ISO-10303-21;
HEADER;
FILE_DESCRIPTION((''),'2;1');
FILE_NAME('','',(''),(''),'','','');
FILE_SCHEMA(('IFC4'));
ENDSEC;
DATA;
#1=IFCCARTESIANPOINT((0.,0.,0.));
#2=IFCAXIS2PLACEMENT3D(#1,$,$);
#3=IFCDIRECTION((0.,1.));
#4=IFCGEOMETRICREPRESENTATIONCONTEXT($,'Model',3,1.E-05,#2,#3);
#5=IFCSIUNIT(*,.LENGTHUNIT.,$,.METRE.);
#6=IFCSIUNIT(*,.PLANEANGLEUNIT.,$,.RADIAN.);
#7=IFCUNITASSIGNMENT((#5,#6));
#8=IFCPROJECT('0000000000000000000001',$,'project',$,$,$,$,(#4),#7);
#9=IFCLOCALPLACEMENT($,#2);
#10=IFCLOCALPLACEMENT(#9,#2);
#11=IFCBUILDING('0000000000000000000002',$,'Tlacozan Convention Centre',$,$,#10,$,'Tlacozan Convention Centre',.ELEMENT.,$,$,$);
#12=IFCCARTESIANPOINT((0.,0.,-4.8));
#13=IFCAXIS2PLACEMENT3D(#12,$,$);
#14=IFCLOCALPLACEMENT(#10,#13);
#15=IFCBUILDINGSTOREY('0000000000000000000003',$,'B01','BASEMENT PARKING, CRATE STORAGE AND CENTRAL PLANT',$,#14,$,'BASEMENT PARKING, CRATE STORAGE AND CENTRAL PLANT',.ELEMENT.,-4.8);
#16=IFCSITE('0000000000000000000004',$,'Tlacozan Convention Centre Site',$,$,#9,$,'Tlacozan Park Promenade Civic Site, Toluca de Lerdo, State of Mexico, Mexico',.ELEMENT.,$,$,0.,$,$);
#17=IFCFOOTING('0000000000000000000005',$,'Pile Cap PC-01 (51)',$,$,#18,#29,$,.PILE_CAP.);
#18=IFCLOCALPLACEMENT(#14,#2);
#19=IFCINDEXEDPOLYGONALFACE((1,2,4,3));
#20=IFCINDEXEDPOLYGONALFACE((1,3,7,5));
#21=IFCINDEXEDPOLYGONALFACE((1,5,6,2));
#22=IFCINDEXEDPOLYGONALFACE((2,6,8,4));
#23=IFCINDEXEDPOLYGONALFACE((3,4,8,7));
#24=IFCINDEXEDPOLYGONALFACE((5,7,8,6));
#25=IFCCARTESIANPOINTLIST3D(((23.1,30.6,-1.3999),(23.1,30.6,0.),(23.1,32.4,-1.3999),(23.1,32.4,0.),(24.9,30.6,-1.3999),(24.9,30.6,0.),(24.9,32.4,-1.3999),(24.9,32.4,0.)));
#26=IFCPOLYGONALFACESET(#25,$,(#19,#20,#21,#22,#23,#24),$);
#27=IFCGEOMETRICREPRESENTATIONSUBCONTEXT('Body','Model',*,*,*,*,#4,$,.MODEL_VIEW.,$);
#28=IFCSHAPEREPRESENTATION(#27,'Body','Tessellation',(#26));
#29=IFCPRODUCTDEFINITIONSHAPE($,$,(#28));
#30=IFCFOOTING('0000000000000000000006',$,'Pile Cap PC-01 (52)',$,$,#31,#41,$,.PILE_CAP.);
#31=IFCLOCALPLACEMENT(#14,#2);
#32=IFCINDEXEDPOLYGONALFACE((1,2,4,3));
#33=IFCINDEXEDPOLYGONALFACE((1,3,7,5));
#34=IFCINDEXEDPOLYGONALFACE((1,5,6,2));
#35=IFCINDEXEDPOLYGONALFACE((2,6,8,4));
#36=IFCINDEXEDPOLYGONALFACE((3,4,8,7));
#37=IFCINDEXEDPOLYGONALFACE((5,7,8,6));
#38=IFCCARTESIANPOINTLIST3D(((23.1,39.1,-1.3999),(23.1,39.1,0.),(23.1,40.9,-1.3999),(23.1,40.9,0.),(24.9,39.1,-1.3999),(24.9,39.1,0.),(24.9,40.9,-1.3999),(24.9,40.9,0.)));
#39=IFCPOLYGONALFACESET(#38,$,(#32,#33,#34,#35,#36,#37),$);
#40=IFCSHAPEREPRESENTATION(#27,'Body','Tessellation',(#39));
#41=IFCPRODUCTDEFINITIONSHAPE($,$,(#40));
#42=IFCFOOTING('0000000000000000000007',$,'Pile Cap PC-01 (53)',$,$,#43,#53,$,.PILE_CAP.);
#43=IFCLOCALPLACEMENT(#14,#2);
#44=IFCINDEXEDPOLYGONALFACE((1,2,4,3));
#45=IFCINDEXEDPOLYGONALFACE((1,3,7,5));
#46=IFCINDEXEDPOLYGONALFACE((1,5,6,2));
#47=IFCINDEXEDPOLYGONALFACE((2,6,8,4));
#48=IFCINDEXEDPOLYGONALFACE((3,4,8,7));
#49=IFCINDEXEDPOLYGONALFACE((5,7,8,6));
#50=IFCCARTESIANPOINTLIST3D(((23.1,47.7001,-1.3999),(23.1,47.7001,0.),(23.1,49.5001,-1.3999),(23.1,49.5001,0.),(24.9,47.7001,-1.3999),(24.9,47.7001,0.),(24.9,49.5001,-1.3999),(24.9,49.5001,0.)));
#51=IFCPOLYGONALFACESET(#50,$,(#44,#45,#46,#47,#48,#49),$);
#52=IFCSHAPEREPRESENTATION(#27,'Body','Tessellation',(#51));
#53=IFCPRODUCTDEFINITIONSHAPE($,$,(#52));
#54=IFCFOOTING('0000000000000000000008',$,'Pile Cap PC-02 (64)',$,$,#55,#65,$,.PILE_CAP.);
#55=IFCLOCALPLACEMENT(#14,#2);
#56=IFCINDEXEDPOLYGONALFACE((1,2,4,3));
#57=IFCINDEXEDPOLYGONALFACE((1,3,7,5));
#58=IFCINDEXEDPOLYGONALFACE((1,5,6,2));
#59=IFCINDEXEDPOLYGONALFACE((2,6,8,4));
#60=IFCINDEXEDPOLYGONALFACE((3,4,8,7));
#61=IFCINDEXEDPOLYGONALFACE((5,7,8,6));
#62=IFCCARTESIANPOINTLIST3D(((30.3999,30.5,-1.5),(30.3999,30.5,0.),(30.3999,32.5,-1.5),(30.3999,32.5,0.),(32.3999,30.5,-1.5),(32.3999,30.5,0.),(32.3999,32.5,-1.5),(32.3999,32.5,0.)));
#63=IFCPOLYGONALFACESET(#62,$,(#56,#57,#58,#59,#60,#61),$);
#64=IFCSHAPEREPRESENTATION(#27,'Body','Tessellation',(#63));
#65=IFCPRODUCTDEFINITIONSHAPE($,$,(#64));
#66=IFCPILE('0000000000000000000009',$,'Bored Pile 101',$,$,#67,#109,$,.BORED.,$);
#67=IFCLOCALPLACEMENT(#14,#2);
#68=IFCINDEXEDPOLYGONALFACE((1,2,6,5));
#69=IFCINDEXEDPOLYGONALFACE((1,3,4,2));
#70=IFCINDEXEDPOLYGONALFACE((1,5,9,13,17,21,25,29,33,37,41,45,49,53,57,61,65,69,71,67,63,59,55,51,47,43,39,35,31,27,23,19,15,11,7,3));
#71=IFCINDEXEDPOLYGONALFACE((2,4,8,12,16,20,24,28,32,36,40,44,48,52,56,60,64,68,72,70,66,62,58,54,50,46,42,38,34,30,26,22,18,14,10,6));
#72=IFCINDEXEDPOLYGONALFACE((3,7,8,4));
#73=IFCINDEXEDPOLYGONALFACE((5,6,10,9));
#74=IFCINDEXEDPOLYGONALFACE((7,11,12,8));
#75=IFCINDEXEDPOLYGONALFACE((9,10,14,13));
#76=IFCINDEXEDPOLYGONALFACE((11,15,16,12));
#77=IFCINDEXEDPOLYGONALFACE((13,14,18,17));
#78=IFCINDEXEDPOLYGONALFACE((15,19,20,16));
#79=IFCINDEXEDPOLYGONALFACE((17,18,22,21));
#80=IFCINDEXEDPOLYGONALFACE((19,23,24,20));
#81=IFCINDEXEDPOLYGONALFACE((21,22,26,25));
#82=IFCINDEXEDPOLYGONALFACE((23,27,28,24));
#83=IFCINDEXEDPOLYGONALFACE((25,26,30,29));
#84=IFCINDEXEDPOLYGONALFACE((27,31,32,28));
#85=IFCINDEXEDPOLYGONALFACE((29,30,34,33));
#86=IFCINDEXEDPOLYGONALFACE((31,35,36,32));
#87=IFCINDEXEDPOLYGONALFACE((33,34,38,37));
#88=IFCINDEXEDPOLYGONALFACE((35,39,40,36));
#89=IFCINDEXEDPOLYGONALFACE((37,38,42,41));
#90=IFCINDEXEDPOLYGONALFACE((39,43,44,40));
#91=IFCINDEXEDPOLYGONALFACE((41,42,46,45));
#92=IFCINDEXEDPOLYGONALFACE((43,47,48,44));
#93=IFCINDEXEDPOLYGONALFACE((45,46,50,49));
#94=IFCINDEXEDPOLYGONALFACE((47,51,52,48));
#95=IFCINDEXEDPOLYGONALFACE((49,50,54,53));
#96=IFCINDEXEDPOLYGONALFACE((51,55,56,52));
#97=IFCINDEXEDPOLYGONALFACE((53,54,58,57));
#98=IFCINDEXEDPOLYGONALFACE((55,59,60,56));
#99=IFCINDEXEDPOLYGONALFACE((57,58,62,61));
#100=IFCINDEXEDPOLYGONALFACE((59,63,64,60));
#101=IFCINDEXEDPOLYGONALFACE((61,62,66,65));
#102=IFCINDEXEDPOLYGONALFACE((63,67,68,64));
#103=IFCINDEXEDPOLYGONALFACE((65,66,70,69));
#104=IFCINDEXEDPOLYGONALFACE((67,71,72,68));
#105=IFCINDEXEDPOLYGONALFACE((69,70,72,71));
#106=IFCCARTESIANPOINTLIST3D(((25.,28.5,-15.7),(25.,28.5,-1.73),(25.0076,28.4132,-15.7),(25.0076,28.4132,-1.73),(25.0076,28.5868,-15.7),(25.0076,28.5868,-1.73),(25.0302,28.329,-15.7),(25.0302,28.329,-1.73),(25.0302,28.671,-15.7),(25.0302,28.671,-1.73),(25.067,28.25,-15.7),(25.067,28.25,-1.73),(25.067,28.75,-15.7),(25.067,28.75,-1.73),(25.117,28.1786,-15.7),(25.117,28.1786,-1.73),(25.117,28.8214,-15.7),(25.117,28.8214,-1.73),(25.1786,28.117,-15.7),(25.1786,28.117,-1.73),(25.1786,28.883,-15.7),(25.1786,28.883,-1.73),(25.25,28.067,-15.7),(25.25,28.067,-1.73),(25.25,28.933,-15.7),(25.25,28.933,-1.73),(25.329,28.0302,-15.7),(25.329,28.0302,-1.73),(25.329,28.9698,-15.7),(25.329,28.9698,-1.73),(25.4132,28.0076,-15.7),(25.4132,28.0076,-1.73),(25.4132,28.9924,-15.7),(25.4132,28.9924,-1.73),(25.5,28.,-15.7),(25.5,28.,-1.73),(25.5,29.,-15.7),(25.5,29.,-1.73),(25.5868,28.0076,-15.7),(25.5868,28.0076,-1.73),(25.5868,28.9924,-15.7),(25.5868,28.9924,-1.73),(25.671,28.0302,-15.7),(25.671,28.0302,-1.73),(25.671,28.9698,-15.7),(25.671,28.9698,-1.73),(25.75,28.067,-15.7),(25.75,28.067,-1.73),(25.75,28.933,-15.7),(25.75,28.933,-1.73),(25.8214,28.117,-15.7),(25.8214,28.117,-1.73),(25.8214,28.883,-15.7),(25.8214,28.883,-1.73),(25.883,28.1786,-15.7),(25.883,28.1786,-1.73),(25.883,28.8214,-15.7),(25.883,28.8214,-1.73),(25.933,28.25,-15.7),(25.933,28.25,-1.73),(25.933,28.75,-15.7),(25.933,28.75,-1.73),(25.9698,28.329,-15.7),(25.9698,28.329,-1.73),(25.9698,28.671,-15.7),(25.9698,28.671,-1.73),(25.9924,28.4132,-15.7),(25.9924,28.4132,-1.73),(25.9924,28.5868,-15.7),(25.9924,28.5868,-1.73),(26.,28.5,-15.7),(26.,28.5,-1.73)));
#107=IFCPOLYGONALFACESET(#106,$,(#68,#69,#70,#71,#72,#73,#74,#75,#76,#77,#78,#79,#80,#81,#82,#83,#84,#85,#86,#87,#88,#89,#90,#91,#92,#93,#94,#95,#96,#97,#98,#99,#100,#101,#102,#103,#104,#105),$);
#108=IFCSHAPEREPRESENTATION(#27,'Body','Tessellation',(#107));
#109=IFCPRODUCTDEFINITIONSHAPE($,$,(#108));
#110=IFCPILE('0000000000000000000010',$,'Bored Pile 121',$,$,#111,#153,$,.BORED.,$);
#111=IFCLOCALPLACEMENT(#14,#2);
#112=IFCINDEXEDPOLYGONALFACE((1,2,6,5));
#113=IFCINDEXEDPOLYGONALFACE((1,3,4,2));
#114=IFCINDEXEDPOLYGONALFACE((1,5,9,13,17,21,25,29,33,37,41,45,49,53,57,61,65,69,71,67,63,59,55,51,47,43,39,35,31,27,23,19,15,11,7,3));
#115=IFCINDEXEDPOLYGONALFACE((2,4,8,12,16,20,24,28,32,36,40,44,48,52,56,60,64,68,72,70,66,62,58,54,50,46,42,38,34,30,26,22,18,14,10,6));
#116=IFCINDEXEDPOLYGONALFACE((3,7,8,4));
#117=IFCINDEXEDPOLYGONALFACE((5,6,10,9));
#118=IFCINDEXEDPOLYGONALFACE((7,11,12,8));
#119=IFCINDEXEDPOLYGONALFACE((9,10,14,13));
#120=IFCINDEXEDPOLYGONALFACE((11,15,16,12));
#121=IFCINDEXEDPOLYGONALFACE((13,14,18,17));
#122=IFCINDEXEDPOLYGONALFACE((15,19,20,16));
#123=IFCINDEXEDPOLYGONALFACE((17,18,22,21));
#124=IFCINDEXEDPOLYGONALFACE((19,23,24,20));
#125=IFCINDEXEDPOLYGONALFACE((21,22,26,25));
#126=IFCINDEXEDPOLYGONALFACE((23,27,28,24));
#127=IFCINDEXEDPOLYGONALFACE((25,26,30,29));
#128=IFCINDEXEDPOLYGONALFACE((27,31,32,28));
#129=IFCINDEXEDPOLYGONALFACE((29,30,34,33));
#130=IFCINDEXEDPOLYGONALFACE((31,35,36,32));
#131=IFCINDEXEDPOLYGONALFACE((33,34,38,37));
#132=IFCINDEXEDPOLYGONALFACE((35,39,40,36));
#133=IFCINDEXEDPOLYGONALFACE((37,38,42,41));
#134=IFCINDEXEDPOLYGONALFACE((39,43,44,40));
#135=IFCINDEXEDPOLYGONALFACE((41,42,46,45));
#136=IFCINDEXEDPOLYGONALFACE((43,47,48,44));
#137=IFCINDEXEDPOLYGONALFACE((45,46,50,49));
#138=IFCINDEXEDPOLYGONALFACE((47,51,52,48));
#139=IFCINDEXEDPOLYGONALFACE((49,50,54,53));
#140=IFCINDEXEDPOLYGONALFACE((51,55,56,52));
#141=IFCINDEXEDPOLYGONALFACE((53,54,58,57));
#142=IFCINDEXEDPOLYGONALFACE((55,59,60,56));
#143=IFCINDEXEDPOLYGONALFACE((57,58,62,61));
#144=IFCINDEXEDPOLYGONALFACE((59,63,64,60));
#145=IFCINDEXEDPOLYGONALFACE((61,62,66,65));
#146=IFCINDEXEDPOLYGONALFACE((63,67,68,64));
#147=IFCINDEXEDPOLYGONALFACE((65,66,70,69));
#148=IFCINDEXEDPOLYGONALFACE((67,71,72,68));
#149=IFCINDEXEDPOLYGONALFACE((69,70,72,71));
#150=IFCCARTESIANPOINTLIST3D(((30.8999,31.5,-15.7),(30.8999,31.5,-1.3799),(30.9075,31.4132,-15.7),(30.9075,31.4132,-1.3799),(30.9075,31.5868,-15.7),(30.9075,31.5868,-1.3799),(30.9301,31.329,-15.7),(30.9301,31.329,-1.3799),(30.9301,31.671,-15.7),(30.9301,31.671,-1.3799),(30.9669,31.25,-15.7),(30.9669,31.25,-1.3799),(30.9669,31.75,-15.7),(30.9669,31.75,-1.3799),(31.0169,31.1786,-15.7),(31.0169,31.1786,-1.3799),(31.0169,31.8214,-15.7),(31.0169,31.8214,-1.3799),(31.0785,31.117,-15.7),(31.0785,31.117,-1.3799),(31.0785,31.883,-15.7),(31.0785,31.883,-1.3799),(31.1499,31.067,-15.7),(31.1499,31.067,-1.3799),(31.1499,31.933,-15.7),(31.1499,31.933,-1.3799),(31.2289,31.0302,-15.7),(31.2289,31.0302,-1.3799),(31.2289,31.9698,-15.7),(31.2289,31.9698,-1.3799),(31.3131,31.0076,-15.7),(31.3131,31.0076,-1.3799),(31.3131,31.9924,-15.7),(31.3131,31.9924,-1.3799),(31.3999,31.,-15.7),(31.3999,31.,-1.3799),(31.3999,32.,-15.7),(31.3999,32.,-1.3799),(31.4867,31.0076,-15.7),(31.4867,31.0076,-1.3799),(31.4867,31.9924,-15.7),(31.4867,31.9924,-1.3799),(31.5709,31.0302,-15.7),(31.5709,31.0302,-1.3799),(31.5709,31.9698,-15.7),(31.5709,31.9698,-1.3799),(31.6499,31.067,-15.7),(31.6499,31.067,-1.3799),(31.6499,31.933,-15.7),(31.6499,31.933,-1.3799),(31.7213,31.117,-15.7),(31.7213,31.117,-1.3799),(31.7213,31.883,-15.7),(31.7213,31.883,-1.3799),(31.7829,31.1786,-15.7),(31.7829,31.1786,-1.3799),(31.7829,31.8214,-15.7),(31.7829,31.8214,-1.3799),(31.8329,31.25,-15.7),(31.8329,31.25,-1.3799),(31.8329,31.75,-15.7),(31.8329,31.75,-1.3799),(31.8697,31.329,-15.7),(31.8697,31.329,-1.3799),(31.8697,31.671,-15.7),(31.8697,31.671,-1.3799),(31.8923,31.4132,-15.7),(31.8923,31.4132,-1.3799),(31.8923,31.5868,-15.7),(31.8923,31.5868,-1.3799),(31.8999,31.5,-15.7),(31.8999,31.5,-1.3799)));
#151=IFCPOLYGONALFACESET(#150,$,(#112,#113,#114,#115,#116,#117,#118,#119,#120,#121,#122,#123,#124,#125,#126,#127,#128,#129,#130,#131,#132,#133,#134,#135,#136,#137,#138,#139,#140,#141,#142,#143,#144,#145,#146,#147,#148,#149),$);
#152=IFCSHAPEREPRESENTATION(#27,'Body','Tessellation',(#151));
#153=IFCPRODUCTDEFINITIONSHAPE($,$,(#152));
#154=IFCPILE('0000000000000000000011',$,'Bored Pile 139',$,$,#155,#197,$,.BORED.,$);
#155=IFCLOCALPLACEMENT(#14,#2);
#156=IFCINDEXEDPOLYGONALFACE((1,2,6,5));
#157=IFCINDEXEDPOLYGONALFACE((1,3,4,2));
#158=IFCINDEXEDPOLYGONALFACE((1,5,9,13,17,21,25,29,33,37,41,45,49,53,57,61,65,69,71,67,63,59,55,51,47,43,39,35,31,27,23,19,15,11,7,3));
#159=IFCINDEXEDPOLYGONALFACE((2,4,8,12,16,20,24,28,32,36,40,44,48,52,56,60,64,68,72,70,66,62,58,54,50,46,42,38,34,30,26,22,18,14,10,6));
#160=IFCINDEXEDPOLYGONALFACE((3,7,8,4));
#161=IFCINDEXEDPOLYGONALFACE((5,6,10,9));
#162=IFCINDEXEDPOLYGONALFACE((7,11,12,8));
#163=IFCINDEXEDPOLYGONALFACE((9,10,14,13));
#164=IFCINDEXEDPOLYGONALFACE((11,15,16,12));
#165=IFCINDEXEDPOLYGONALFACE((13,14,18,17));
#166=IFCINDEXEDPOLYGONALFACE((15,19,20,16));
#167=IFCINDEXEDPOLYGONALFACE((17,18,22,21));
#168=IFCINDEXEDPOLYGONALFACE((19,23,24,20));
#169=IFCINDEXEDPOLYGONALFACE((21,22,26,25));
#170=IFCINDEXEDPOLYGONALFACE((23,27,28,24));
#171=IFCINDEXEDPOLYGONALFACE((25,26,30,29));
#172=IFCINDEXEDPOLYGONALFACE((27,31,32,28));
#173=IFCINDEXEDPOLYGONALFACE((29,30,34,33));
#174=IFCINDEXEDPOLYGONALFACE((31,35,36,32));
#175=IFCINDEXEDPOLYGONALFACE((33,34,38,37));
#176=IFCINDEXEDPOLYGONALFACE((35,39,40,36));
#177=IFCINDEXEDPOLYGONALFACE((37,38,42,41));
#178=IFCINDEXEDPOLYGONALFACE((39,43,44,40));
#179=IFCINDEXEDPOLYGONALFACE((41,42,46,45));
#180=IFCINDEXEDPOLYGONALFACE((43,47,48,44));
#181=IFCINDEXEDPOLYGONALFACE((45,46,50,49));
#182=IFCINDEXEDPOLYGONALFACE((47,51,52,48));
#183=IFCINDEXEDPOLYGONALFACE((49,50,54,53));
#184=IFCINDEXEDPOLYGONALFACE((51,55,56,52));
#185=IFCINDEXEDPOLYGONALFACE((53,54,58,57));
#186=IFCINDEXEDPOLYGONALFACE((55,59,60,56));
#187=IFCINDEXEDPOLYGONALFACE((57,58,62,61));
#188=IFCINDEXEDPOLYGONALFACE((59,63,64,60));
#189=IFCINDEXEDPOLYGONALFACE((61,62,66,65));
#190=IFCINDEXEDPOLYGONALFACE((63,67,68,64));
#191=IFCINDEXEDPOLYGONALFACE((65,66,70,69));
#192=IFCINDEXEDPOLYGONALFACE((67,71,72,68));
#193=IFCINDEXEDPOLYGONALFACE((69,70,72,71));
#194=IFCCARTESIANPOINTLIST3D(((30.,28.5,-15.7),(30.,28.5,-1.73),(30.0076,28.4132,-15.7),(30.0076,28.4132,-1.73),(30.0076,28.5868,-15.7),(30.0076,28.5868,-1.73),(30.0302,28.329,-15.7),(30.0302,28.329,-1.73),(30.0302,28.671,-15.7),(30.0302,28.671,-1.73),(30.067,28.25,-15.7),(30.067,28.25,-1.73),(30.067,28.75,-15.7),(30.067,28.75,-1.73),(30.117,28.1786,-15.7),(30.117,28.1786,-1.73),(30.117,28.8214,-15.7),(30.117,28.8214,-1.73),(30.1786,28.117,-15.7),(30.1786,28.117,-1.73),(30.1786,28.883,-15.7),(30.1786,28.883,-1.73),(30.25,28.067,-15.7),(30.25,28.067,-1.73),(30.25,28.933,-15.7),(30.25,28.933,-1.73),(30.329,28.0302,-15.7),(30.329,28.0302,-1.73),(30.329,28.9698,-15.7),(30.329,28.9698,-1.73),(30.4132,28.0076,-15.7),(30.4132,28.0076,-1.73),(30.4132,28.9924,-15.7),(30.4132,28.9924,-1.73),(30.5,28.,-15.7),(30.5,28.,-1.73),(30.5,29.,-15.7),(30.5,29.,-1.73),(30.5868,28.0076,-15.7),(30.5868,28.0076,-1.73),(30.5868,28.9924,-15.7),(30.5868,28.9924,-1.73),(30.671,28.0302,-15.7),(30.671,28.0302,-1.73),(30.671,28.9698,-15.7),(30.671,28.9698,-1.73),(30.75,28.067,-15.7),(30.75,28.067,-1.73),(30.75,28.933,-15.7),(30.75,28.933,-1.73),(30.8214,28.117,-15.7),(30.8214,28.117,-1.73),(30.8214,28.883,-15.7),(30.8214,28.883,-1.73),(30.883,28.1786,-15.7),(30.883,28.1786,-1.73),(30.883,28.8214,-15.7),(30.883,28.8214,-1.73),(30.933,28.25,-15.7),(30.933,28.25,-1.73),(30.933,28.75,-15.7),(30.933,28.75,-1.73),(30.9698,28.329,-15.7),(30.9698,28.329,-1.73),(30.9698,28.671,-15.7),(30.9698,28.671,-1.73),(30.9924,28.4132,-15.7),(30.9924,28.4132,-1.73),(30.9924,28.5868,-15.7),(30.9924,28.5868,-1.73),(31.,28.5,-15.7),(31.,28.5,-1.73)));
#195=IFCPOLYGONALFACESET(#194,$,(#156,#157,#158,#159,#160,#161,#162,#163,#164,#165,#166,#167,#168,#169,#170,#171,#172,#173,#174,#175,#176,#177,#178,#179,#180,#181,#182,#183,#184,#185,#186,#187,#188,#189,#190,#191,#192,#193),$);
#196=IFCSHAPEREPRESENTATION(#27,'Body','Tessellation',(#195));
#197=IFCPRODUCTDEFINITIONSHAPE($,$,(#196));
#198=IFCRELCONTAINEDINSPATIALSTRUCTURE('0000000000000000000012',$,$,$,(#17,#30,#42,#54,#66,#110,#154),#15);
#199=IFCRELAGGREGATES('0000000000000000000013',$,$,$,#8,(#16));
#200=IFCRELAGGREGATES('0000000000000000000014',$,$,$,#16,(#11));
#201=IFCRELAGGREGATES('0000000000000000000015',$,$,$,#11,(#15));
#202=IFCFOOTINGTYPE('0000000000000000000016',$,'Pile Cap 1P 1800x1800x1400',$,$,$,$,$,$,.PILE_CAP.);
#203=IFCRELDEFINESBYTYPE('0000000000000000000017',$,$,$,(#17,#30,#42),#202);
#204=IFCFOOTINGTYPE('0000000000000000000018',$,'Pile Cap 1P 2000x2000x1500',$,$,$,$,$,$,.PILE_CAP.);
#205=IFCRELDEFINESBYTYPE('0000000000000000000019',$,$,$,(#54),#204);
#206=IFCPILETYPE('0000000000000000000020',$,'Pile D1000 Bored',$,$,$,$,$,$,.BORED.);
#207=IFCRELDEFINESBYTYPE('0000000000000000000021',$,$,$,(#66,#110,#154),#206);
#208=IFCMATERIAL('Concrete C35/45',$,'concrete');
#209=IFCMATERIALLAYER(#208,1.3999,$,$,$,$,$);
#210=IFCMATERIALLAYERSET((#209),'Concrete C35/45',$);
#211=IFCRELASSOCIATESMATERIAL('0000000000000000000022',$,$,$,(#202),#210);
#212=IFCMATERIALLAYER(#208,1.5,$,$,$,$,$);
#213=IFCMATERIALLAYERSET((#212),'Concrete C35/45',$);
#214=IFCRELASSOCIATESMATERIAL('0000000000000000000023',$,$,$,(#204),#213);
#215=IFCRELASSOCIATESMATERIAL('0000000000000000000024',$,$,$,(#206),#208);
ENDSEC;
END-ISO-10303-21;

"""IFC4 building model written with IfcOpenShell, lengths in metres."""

from ifc_helpers import new_model, si_unit, direction, frame, origin, origin_2d, place, context, subcontext, project, spatial, rectangle, circle, extrude, material, layer, layer_set, material_profile, profile_set, type_object, element, save


model = new_model("IFC4")

# Units and contexts
model_context = context("Model", 3, precision=1e-05, world=origin(), true_north=direction((0.0, 1.0)))
body_context = subcontext(model_context, "Body", "Model", "MODEL_VIEW")
ifc_project = project(units=[si_unit("LENGTHUNIT", "METRE"), si_unit("PLANEANGLEUNIT", "RADIAN")], contexts=[model_context])

# Site, building, storey
site_placement = place(None, origin())
site = spatial("IfcSite", under=ifc_project, at=site_placement, Name="Tlacozan Convention Centre Site", LongName="Tlacozan Park Promenade Civic Site, Toluca de Lerdo, State of Mexico, Mexico", CompositionType="ELEMENT", RefElevation=0.0)
building_placement = place(site_placement, origin())
building = spatial("IfcBuilding", under=site, at=building_placement, Name="Tlacozan Convention Centre", LongName="Tlacozan Convention Centre", CompositionType="ELEMENT")
storey_placement = place(building_placement, frame((0.0, 0.0, -4.8)))
storey = spatial("IfcBuildingStorey", under=building, at=storey_placement, Name="B01", Description="BASEMENT PARKING, CRATE STORAGE AND CENTRAL PLANT", LongName="BASEMENT PARKING, CRATE STORAGE AND CENTRAL PLANT", CompositionType="ELEMENT", Elevation=-4.8)

# Footings
ifc_material_1 = material(Name="Concrete C35/45", Category="concrete")
ifc_layer_1 = layer(ifc_material_1, 1.3999)
ifc_layer_set_1 = layer_set([ifc_layer_1], Name="Concrete C35/45")
footing_type_1 = type_object("IfcFootingType", Name="Pile Cap 1P 1800x1800x1400", PredefinedType="PILE_CAP", material=ifc_layer_set_1)
for number, where, z_axis, x_axis, name in (
    (1, (24.0, 31.5, -1.3999), (0.0, 0.0, 1.0), (1.0, 0.0, 0.0), "Pile Cap PC-01 (51)"),
    (2, (24.0, 40.0, -1.3999), (0.0, 0.0, 1.0), (1.0, 0.0, 0.0), "Pile Cap PC-01 (52)"),
    (3, (24.0, 48.6001, -1.3999), (0.0, 0.0, 1.0), (1.0, 0.0, 0.0), "Pile Cap PC-01 (53)"),
):
    element("IfcFooting", number, at=place(storey_placement, frame(where, z_axis=z_axis, x_axis=x_axis)), inside=storey, type_object=footing_type_1, Name=name, PredefinedType="PILE_CAP", context=body_context, shape_type="SweptSolid", body=[
        extrude(rectangle(XDim=1.8, YDim=1.8, at=origin_2d()), origin(), (0.0, 0.0, 1.0), 1.3999),
    ])
ifc_layer_2 = layer(ifc_material_1, 1.5)
ifc_layer_set_2 = layer_set([ifc_layer_2], Name="Concrete C35/45")
footing_type_2 = type_object("IfcFootingType", Name="Pile Cap 1P 2000x2000x1500", PredefinedType="PILE_CAP", material=ifc_layer_set_2)
footing_placement = place(storey_placement, frame((31.3999, 31.5, -1.5), z_axis=(0.0, 0.0, 1.0), x_axis=(1.0, 0.0, 0.0)))
element("IfcFooting", 4, at=footing_placement, inside=storey, type_object=footing_type_2, Name="Pile Cap PC-02 (64)", PredefinedType="PILE_CAP", context=body_context, shape_type="SweptSolid", body=[
    extrude(rectangle(XDim=2.0, YDim=2.0, at=origin_2d()), origin(), (0.0, 0.0, 1.0), 1.5),
])

# Piles
ifc_material_profile_1 = material_profile(ifc_material_1, circle(Radius=0.5, at=origin_2d()), Name="PILE D1000")
ifc_profile_set_1 = profile_set([ifc_material_profile_1], Name="Concrete C35/45")
pile_type_1 = type_object("IfcPileType", Name="Pile D1000 Bored", PredefinedType="BORED", material=ifc_profile_set_1)
pile_1_placement = place(storey_placement, frame((25.5, 28.5, -1.73), z_axis=(0.0, 0.0, -1.0), x_axis=(1.0, 0.0, 0.0)))
element("IfcPile", 5, at=pile_1_placement, inside=storey, type_object=pile_type_1, Name="Bored Pile 101", PredefinedType="BORED", context=body_context, shape_type="SweptSolid", body=[
    extrude(circle(Radius=0.5, at=origin_2d()), origin(), (0.0, 0.0, 1.0), 13.97),
])
pile_2_placement = place(storey_placement, frame((31.3999, 31.5, -1.3799), z_axis=(0.0, 0.0, -1.0), x_axis=(1.0, 0.0, 0.0)))
element("IfcPile", 6, at=pile_2_placement, inside=storey, type_object=pile_type_1, Name="Bored Pile 121", PredefinedType="BORED", context=body_context, shape_type="SweptSolid", body=[
    extrude(circle(Radius=0.5, at=origin_2d()), origin(), (0.0, 0.0, 1.0), 14.3201),
])
pile_3_placement = place(storey_placement, frame((30.5, 28.5, -1.73), z_axis=(0.0, 0.0, -1.0), x_axis=(1.0, 0.0, 0.0)))
element("IfcPile", 7, at=pile_3_placement, inside=storey, type_object=pile_type_1, Name="Bored Pile 139", PredefinedType="BORED", context=body_context, shape_type="SweptSolid", body=[
    extrude(circle(Radius=0.5, at=origin_2d()), origin(), (0.0, 0.0, 1.0), 13.97),
])

save(model, "model.ifc")
